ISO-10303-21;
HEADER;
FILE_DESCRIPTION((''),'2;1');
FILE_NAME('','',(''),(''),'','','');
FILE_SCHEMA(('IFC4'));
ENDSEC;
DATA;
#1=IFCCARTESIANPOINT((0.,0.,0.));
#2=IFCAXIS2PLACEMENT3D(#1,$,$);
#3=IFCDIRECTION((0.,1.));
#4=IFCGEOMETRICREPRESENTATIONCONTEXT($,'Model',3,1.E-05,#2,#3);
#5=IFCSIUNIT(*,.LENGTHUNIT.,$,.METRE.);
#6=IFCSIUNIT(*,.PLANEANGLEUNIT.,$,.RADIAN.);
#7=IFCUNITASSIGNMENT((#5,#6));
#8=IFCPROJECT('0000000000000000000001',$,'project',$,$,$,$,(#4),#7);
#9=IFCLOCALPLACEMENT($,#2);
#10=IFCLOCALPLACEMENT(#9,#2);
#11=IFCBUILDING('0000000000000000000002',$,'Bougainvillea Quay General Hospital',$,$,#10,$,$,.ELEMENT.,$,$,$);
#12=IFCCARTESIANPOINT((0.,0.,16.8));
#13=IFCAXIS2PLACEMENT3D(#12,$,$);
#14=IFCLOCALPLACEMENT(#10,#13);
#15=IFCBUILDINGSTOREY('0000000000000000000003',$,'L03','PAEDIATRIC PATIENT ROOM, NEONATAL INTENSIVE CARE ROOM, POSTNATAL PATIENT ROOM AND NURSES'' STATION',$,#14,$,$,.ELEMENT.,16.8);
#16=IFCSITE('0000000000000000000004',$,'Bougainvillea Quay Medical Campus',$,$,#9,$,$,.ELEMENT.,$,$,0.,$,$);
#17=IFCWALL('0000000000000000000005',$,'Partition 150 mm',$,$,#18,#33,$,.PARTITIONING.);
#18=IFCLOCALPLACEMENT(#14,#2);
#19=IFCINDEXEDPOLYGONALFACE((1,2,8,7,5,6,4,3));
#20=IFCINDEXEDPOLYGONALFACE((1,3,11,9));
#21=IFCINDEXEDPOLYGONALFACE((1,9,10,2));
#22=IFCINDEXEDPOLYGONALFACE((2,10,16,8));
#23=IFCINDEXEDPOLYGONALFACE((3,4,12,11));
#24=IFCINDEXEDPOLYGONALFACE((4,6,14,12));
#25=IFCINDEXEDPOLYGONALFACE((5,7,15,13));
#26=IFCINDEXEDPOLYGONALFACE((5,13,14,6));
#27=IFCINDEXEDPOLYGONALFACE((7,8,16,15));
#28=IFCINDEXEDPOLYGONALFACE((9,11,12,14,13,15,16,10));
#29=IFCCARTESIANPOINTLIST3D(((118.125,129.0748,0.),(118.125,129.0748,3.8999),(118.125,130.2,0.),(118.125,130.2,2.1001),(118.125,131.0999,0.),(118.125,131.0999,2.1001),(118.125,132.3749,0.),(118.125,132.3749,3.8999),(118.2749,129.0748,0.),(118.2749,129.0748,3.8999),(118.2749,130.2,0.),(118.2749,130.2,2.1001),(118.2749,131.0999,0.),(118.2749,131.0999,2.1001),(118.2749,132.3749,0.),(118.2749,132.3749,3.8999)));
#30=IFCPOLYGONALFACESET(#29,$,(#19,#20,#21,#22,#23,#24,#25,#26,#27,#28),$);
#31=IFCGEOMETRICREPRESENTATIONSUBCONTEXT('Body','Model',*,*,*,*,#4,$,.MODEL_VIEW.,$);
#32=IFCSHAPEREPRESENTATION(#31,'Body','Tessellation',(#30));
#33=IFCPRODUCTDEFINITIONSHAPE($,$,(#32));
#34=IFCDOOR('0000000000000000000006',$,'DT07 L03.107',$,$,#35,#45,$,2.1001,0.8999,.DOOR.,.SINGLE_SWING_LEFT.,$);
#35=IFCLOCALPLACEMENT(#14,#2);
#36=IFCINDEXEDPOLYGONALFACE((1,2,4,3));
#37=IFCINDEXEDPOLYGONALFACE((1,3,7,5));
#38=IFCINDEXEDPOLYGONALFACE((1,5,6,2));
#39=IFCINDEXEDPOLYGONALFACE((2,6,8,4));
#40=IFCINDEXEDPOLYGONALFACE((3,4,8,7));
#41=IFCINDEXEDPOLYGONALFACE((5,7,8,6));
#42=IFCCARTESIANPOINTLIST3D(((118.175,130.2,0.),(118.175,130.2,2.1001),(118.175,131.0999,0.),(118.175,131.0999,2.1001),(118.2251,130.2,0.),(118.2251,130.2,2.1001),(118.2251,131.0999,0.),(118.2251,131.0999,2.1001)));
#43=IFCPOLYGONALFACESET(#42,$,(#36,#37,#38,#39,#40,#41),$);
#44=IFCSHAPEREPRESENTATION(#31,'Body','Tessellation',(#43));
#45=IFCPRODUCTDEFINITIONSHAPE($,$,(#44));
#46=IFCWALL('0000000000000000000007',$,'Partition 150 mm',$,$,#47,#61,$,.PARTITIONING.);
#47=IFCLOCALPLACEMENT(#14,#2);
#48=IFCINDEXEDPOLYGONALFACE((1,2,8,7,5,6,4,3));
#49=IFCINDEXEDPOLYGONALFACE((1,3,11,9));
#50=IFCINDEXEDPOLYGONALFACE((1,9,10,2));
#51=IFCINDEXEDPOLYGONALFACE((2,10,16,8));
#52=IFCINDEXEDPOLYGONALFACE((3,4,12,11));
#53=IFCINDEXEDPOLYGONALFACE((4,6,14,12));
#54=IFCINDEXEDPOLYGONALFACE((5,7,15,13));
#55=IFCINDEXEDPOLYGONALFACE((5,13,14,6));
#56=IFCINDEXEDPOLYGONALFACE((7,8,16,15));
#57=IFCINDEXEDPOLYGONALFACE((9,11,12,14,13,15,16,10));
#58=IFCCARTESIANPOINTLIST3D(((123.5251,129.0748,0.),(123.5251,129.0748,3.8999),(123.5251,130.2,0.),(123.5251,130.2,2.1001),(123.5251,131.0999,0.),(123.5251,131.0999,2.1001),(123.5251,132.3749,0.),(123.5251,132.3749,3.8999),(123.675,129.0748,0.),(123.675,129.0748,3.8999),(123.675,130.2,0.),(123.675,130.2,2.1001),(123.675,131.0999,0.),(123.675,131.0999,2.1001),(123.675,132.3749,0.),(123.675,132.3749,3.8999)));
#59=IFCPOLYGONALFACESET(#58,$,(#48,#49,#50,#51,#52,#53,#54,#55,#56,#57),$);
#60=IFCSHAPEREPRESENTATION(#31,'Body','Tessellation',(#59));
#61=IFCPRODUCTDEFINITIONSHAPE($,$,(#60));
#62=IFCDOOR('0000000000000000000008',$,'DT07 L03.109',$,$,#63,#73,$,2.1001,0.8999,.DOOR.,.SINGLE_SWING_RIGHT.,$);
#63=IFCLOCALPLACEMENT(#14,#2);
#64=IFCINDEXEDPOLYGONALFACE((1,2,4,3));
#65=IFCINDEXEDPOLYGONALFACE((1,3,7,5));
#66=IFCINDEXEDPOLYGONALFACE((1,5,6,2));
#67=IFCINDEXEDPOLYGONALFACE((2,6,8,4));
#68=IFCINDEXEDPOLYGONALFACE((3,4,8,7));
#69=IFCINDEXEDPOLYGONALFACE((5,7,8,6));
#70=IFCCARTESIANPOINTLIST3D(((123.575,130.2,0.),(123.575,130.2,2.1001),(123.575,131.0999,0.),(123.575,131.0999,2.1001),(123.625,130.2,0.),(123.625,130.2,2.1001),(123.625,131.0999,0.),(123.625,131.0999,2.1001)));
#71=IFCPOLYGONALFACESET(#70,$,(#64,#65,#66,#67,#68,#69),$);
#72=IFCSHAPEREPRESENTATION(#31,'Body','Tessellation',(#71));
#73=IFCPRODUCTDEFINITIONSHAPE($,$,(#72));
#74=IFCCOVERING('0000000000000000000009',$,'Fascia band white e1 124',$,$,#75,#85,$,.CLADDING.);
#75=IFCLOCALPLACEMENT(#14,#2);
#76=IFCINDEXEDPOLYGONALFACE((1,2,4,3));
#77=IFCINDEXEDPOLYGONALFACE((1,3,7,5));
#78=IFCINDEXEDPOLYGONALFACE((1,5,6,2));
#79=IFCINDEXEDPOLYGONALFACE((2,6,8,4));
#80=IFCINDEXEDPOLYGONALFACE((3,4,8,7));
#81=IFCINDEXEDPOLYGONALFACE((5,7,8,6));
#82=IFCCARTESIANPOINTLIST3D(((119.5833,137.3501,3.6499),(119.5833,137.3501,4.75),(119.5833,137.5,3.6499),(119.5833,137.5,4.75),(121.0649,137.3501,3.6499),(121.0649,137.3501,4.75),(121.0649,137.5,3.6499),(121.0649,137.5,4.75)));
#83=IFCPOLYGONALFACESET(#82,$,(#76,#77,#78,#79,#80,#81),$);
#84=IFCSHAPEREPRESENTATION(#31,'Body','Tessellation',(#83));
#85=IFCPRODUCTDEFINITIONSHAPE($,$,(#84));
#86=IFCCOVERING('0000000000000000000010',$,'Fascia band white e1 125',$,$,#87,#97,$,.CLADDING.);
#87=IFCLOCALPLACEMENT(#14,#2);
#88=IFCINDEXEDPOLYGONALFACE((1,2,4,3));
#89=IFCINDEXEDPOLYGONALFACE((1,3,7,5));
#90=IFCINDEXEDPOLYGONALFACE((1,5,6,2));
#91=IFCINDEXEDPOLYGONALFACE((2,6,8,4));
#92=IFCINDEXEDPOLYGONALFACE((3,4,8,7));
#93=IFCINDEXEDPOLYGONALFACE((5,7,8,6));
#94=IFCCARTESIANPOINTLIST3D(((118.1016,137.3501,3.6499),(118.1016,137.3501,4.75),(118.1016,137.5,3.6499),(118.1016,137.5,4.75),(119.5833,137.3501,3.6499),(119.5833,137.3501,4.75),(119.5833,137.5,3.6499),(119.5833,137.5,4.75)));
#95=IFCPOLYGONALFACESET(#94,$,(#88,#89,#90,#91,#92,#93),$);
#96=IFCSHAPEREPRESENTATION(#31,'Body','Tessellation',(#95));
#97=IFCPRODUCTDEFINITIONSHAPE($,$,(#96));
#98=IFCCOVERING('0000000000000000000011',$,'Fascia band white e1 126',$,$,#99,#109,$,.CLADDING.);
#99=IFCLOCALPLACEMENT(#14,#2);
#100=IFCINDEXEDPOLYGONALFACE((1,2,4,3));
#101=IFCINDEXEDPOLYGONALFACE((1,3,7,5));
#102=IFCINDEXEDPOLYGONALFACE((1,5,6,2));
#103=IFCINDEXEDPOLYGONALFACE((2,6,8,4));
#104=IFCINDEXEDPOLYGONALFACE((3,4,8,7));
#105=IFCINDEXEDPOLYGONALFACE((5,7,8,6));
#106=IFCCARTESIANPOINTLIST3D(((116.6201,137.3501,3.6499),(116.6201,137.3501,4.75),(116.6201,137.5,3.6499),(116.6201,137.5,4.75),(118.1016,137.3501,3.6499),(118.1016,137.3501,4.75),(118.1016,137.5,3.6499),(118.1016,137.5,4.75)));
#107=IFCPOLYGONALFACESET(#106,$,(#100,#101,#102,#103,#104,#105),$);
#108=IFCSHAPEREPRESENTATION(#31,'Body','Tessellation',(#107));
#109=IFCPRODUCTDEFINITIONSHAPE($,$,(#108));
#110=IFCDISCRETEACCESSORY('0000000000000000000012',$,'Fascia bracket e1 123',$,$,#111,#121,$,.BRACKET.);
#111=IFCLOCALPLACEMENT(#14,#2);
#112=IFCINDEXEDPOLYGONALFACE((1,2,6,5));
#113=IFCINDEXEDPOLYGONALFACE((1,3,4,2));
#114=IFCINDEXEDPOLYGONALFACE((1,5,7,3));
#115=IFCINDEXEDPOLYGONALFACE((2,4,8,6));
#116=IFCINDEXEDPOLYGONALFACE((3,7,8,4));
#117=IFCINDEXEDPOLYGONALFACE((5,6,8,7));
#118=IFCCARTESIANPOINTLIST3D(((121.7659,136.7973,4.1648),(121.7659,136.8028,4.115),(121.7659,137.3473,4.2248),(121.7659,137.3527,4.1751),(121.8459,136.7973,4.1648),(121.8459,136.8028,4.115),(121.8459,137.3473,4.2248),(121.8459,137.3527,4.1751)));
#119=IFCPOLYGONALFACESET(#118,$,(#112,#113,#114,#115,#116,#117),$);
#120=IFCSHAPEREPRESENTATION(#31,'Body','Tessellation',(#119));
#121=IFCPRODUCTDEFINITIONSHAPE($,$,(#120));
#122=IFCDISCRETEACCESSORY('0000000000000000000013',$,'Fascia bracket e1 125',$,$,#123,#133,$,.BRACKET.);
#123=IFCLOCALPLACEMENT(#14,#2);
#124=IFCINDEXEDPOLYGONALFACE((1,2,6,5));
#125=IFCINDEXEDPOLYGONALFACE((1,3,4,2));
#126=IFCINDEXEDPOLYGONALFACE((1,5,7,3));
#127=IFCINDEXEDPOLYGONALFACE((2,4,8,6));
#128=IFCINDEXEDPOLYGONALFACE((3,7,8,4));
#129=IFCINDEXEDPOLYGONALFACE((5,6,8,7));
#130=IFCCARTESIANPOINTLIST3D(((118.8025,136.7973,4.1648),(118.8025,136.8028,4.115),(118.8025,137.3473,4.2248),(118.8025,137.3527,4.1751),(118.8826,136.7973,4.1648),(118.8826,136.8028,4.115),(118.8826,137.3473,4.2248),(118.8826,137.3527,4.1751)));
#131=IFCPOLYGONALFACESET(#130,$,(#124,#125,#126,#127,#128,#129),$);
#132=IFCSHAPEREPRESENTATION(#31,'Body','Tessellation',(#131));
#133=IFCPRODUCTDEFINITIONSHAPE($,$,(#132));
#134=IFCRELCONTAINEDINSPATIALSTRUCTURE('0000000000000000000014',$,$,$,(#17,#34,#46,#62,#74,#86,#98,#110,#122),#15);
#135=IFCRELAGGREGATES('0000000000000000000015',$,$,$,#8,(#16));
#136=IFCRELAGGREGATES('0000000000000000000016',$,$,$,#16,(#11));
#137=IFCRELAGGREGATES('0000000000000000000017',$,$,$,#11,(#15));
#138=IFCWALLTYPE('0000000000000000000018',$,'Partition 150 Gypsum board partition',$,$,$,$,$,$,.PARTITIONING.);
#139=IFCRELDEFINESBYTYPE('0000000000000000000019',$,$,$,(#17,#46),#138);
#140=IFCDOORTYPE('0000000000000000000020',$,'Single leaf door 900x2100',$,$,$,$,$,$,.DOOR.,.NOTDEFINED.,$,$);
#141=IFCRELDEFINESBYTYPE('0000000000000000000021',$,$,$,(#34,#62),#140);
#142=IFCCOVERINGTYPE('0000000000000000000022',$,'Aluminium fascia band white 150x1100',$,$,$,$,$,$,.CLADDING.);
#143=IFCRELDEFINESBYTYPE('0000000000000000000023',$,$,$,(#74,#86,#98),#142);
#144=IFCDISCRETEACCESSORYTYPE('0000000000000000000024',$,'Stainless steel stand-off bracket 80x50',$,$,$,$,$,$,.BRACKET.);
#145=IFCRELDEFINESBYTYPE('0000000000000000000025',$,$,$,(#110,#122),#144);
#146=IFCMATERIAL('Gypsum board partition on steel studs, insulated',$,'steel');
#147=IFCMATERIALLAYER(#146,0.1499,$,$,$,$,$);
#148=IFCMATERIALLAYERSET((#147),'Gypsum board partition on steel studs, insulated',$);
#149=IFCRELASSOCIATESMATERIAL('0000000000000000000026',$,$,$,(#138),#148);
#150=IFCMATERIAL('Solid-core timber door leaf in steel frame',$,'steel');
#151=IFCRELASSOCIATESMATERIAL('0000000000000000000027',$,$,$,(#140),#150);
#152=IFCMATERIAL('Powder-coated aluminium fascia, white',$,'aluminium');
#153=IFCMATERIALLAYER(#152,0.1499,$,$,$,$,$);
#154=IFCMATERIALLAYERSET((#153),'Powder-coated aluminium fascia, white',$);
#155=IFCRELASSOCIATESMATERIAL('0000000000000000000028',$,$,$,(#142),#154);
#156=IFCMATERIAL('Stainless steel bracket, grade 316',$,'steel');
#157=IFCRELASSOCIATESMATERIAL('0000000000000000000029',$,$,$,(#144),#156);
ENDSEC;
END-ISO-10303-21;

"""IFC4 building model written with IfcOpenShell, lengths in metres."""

from ifc_helpers import new_model, si_unit, direction, frame, frame_2d, origin, origin_2d, place, context, subcontext, project, spatial, polyline, rectangle, outline, extrude, material, layer, layer_set, material_profile, profile_set, type_object, element, fill, save


model = new_model("IFC4")

# Units and contexts
model_context = context("Model", 3, precision=1e-05, world=origin(), true_north=direction((0.0, 1.0)))
body_context = subcontext(model_context, "Body", "Model", "MODEL_VIEW")
ifc_project = project(units=[si_unit("LENGTHUNIT", "METRE"), si_unit("PLANEANGLEUNIT", "RADIAN")], contexts=[model_context])

# Site, building, storey
site_placement = place(None, origin())
site = spatial("IfcSite", under=ifc_project, at=site_placement, Name="Bougainvillea Quay Medical Campus", CompositionType="ELEMENT", RefElevation=0.0)
building_placement = place(site_placement, origin())
building = spatial("IfcBuilding", under=site, at=building_placement, Name="Bougainvillea Quay General Hospital", CompositionType="ELEMENT")
storey_placement = place(building_placement, frame((0.0, 0.0, 16.8)))
storey = spatial("IfcBuildingStorey", under=building, at=storey_placement, Name="L03", Description="PAEDIATRIC PATIENT ROOM, NEONATAL INTENSIVE CARE ROOM, POSTNATAL PATIENT ROOM AND NURSES' STATION", CompositionType="ELEMENT", Elevation=16.8)

# Shared definitions
ifc_material_1 = material(Name="Gypsum board partition on steel studs, insulated", Category="steel")
ifc_layer_1 = layer(ifc_material_1, 0.1499)
ifc_layer_set_1 = layer_set([ifc_layer_1], Name="Gypsum board partition on steel studs, insulated")
wall_type = type_object("IfcWallType", Name="Partition 150 Gypsum board partition", PredefinedType="PARTITIONING", material=ifc_layer_set_1)

# Walls, openings, doors
wall_1_placement = place(storey_placement, frame((118.2, 129.075, 0.0), z_axis=(0.0, 0.0, 1.0), x_axis=(0.0, 1.0, 0.0)))
wall_1 = element("IfcWall", 1, at=wall_1_placement, inside=storey, type_object=wall_type, Name="Partition 150 mm", PredefinedType="PARTITIONING", context=body_context, shape_type="SweptSolid", body=[
    extrude(rectangle(XDim=3.3, YDim=0.1499, at=frame_2d((1.6499, 0.0))), origin(), (0.0, 0.0, 1.0), 3.8999),
])
opening_1_placement = place(wall_1_placement, frame((1.125, 0.0, 0.0)))
opening_1 = element("IfcOpeningElement", 2, at=opening_1_placement, cuts=wall_1, PredefinedType="OPENING", context=body_context, shape_type="SweptSolid", body=[
    extrude(rectangle(XDim=0.8999, YDim=2.1001, at=frame_2d((0.45, 1.05))), frame((0.0, 0.085, 0.0), z_axis=(0.0, -1.0, 0.0), x_axis=(1.0, 0.0, 0.0)), (0.0, 0.0, 1.0), 0.1699),
])
ifc_material_2 = material(Name="Solid-core timber door leaf in steel frame", Category="steel")
door_type = type_object("IfcDoorType", Name="Single leaf door 900x2100", OperationType="NOTDEFINED", PredefinedType="DOOR", material=ifc_material_2)
door_1_placement = place(opening_1_placement, origin())
door_1 = element("IfcDoor", 3, at=door_1_placement, inside=storey, type_object=door_type, Name="DT07 L03.107", OperationType="SINGLE_SWING_LEFT", OverallHeight=2.1001, OverallWidth=0.8999, PredefinedType="DOOR", context=body_context, shape_type="SweptSolid", body=[
    extrude(rectangle(XDim=0.8999, YDim=2.1001, at=frame_2d((0.45, 1.05))), frame((0.0, 0.0249, 0.0), z_axis=(0.0, -1.0, 0.0), x_axis=(1.0, 0.0, 0.0)), (0.0, 0.0, 1.0), 0.05),
])
fill(opening_1, door_1)
wall_2_placement = place(storey_placement, frame((123.6001, 129.075, 0.0), z_axis=(0.0, 0.0, 1.0), x_axis=(0.0, 1.0, 0.0)))
wall_2 = element("IfcWall", 4, at=wall_2_placement, inside=storey, type_object=wall_type, Name="Partition 150 mm", PredefinedType="PARTITIONING", context=body_context, shape_type="SweptSolid", body=[
    extrude(rectangle(XDim=3.3, YDim=0.1499, at=frame_2d((1.6499, 0.0))), origin(), (0.0, 0.0, 1.0), 3.8999),
])
opening_2_placement = place(wall_2_placement, frame((1.125, 0.0, 0.0)))
opening_2 = element("IfcOpeningElement", 5, at=opening_2_placement, cuts=wall_2, PredefinedType="OPENING", context=body_context, shape_type="SweptSolid", body=[
    extrude(rectangle(XDim=0.8999, YDim=2.1001, at=frame_2d((0.45, 1.05))), frame((0.0, 0.085, 0.0), z_axis=(0.0, -1.0, 0.0), x_axis=(1.0, 0.0, 0.0)), (0.0, 0.0, 1.0), 0.1699),
])
door_2_placement = place(opening_2_placement, frame((0.8999, 0.0, 0.0), z_axis=(0.0, 0.0, 1.0), x_axis=(-1.0, 0.0, 0.0)))
door_2 = element("IfcDoor", 6, at=door_2_placement, inside=storey, type_object=door_type, Name="DT07 L03.109", OperationType="SINGLE_SWING_RIGHT", OverallHeight=2.1001, OverallWidth=0.8999, PredefinedType="DOOR", context=body_context, shape_type="SweptSolid", body=[
    extrude(rectangle(XDim=0.8999, YDim=2.1001, at=frame_2d((0.45, 1.05))), frame((0.0, 0.0249, 0.0), z_axis=(0.0, -1.0, 0.0), x_axis=(1.0, 0.0, 0.0)), (0.0, 0.0, 1.0), 0.05),
])
fill(opening_2, door_2)

# Coverings
ifc_material_3 = material(Name="Powder-coated aluminium fascia, white", Category="aluminium")
ifc_layer_2 = layer(ifc_material_3, 0.1499)
ifc_layer_set_2 = layer_set([ifc_layer_2], Name="Powder-coated aluminium fascia, white")
covering_type = type_object("IfcCoveringType", Name="Aluminium fascia band white 150x1100", PredefinedType="CLADDING", material=ifc_layer_set_2)
for number, where, z_axis, x_axis, name in (
    (7, (121.0649, 137.3501, 3.6499), (0.0, 0.0, 1.0), (-1.0, 0.0, 0.0), "Fascia band white e1 124"),
    (8, (119.5833, 137.3501, 3.6499), (0.0, 0.0, 1.0), (-1.0, 0.0, 0.0), "Fascia band white e1 125"),
):
    element("IfcCovering", number, at=place(storey_placement, frame(where, z_axis=z_axis, x_axis=x_axis)), inside=storey, type_object=covering_type, Name=name, PredefinedType="CLADDING", context=body_context, shape_type="SweptSolid", body=[
        extrude(outline(polyline([(0.0, 0.0), (1.4817, 0.0), (1.4817, -0.1499), (0.0, -0.1499), (0.0, 0.0)])), origin(), (0.0, 0.0, 1.0), 1.1001),
    ])
covering_placement = place(storey_placement, frame((118.1016, 137.3501, 3.6499), z_axis=(0.0, 0.0, 1.0), x_axis=(-1.0, 0.0, 0.0)))
element("IfcCovering", 9, at=covering_placement, inside=storey, type_object=covering_type, Name="Fascia band white e1 126", PredefinedType="CLADDING", context=body_context, shape_type="SweptSolid", body=[
    extrude(outline(polyline([(0.0, 0.0), (1.4814, 0.0), (1.4814, -0.1499), (0.0, -0.1499), (0.0, 0.0)])), origin(), (0.0, 0.0, 1.0), 1.1001),
])

# Discrete accessories
ifc_material_4 = material(Name="Stainless steel bracket, grade 316", Category="steel")
ifc_material_profile_1 = material_profile(ifc_material_4, rectangle(XDim=0.0801, YDim=0.05, at=origin_2d()))
ifc_profile_set_1 = profile_set([ifc_material_profile_1], Name="Stainless steel bracket, grade 316")
discrete_accessory_type = type_object("IfcDiscreteAccessoryType", Name="Stainless steel stand-off bracket 80x50", PredefinedType="BRACKET", material=ifc_profile_set_1)
for number, where, z_axis, x_axis, name in (
    (10, (121.8059, 136.8, 4.1399), (0.0, 0.994092, 0.108543), (-1.0, 0.0, 0.0), "Fascia bracket e1 123"),
    (11, (118.8425, 136.8, 4.1399), (0.0, 0.994092, 0.108543), (-1.0, 0.0, 0.0), "Fascia bracket e1 125"),
):
    element("IfcDiscreteAccessory", number, at=place(storey_placement, frame(where, z_axis=z_axis, x_axis=x_axis)), inside=storey, type_object=discrete_accessory_type, Name=name, PredefinedType="BRACKET", context=body_context, shape_type="SweptSolid", body=[
        extrude(rectangle(XDim=0.0801, YDim=0.05, at=origin_2d()), origin(), (0.0, 0.0, 1.0), 0.5532),
    ])

save(model, "model.ifc")
